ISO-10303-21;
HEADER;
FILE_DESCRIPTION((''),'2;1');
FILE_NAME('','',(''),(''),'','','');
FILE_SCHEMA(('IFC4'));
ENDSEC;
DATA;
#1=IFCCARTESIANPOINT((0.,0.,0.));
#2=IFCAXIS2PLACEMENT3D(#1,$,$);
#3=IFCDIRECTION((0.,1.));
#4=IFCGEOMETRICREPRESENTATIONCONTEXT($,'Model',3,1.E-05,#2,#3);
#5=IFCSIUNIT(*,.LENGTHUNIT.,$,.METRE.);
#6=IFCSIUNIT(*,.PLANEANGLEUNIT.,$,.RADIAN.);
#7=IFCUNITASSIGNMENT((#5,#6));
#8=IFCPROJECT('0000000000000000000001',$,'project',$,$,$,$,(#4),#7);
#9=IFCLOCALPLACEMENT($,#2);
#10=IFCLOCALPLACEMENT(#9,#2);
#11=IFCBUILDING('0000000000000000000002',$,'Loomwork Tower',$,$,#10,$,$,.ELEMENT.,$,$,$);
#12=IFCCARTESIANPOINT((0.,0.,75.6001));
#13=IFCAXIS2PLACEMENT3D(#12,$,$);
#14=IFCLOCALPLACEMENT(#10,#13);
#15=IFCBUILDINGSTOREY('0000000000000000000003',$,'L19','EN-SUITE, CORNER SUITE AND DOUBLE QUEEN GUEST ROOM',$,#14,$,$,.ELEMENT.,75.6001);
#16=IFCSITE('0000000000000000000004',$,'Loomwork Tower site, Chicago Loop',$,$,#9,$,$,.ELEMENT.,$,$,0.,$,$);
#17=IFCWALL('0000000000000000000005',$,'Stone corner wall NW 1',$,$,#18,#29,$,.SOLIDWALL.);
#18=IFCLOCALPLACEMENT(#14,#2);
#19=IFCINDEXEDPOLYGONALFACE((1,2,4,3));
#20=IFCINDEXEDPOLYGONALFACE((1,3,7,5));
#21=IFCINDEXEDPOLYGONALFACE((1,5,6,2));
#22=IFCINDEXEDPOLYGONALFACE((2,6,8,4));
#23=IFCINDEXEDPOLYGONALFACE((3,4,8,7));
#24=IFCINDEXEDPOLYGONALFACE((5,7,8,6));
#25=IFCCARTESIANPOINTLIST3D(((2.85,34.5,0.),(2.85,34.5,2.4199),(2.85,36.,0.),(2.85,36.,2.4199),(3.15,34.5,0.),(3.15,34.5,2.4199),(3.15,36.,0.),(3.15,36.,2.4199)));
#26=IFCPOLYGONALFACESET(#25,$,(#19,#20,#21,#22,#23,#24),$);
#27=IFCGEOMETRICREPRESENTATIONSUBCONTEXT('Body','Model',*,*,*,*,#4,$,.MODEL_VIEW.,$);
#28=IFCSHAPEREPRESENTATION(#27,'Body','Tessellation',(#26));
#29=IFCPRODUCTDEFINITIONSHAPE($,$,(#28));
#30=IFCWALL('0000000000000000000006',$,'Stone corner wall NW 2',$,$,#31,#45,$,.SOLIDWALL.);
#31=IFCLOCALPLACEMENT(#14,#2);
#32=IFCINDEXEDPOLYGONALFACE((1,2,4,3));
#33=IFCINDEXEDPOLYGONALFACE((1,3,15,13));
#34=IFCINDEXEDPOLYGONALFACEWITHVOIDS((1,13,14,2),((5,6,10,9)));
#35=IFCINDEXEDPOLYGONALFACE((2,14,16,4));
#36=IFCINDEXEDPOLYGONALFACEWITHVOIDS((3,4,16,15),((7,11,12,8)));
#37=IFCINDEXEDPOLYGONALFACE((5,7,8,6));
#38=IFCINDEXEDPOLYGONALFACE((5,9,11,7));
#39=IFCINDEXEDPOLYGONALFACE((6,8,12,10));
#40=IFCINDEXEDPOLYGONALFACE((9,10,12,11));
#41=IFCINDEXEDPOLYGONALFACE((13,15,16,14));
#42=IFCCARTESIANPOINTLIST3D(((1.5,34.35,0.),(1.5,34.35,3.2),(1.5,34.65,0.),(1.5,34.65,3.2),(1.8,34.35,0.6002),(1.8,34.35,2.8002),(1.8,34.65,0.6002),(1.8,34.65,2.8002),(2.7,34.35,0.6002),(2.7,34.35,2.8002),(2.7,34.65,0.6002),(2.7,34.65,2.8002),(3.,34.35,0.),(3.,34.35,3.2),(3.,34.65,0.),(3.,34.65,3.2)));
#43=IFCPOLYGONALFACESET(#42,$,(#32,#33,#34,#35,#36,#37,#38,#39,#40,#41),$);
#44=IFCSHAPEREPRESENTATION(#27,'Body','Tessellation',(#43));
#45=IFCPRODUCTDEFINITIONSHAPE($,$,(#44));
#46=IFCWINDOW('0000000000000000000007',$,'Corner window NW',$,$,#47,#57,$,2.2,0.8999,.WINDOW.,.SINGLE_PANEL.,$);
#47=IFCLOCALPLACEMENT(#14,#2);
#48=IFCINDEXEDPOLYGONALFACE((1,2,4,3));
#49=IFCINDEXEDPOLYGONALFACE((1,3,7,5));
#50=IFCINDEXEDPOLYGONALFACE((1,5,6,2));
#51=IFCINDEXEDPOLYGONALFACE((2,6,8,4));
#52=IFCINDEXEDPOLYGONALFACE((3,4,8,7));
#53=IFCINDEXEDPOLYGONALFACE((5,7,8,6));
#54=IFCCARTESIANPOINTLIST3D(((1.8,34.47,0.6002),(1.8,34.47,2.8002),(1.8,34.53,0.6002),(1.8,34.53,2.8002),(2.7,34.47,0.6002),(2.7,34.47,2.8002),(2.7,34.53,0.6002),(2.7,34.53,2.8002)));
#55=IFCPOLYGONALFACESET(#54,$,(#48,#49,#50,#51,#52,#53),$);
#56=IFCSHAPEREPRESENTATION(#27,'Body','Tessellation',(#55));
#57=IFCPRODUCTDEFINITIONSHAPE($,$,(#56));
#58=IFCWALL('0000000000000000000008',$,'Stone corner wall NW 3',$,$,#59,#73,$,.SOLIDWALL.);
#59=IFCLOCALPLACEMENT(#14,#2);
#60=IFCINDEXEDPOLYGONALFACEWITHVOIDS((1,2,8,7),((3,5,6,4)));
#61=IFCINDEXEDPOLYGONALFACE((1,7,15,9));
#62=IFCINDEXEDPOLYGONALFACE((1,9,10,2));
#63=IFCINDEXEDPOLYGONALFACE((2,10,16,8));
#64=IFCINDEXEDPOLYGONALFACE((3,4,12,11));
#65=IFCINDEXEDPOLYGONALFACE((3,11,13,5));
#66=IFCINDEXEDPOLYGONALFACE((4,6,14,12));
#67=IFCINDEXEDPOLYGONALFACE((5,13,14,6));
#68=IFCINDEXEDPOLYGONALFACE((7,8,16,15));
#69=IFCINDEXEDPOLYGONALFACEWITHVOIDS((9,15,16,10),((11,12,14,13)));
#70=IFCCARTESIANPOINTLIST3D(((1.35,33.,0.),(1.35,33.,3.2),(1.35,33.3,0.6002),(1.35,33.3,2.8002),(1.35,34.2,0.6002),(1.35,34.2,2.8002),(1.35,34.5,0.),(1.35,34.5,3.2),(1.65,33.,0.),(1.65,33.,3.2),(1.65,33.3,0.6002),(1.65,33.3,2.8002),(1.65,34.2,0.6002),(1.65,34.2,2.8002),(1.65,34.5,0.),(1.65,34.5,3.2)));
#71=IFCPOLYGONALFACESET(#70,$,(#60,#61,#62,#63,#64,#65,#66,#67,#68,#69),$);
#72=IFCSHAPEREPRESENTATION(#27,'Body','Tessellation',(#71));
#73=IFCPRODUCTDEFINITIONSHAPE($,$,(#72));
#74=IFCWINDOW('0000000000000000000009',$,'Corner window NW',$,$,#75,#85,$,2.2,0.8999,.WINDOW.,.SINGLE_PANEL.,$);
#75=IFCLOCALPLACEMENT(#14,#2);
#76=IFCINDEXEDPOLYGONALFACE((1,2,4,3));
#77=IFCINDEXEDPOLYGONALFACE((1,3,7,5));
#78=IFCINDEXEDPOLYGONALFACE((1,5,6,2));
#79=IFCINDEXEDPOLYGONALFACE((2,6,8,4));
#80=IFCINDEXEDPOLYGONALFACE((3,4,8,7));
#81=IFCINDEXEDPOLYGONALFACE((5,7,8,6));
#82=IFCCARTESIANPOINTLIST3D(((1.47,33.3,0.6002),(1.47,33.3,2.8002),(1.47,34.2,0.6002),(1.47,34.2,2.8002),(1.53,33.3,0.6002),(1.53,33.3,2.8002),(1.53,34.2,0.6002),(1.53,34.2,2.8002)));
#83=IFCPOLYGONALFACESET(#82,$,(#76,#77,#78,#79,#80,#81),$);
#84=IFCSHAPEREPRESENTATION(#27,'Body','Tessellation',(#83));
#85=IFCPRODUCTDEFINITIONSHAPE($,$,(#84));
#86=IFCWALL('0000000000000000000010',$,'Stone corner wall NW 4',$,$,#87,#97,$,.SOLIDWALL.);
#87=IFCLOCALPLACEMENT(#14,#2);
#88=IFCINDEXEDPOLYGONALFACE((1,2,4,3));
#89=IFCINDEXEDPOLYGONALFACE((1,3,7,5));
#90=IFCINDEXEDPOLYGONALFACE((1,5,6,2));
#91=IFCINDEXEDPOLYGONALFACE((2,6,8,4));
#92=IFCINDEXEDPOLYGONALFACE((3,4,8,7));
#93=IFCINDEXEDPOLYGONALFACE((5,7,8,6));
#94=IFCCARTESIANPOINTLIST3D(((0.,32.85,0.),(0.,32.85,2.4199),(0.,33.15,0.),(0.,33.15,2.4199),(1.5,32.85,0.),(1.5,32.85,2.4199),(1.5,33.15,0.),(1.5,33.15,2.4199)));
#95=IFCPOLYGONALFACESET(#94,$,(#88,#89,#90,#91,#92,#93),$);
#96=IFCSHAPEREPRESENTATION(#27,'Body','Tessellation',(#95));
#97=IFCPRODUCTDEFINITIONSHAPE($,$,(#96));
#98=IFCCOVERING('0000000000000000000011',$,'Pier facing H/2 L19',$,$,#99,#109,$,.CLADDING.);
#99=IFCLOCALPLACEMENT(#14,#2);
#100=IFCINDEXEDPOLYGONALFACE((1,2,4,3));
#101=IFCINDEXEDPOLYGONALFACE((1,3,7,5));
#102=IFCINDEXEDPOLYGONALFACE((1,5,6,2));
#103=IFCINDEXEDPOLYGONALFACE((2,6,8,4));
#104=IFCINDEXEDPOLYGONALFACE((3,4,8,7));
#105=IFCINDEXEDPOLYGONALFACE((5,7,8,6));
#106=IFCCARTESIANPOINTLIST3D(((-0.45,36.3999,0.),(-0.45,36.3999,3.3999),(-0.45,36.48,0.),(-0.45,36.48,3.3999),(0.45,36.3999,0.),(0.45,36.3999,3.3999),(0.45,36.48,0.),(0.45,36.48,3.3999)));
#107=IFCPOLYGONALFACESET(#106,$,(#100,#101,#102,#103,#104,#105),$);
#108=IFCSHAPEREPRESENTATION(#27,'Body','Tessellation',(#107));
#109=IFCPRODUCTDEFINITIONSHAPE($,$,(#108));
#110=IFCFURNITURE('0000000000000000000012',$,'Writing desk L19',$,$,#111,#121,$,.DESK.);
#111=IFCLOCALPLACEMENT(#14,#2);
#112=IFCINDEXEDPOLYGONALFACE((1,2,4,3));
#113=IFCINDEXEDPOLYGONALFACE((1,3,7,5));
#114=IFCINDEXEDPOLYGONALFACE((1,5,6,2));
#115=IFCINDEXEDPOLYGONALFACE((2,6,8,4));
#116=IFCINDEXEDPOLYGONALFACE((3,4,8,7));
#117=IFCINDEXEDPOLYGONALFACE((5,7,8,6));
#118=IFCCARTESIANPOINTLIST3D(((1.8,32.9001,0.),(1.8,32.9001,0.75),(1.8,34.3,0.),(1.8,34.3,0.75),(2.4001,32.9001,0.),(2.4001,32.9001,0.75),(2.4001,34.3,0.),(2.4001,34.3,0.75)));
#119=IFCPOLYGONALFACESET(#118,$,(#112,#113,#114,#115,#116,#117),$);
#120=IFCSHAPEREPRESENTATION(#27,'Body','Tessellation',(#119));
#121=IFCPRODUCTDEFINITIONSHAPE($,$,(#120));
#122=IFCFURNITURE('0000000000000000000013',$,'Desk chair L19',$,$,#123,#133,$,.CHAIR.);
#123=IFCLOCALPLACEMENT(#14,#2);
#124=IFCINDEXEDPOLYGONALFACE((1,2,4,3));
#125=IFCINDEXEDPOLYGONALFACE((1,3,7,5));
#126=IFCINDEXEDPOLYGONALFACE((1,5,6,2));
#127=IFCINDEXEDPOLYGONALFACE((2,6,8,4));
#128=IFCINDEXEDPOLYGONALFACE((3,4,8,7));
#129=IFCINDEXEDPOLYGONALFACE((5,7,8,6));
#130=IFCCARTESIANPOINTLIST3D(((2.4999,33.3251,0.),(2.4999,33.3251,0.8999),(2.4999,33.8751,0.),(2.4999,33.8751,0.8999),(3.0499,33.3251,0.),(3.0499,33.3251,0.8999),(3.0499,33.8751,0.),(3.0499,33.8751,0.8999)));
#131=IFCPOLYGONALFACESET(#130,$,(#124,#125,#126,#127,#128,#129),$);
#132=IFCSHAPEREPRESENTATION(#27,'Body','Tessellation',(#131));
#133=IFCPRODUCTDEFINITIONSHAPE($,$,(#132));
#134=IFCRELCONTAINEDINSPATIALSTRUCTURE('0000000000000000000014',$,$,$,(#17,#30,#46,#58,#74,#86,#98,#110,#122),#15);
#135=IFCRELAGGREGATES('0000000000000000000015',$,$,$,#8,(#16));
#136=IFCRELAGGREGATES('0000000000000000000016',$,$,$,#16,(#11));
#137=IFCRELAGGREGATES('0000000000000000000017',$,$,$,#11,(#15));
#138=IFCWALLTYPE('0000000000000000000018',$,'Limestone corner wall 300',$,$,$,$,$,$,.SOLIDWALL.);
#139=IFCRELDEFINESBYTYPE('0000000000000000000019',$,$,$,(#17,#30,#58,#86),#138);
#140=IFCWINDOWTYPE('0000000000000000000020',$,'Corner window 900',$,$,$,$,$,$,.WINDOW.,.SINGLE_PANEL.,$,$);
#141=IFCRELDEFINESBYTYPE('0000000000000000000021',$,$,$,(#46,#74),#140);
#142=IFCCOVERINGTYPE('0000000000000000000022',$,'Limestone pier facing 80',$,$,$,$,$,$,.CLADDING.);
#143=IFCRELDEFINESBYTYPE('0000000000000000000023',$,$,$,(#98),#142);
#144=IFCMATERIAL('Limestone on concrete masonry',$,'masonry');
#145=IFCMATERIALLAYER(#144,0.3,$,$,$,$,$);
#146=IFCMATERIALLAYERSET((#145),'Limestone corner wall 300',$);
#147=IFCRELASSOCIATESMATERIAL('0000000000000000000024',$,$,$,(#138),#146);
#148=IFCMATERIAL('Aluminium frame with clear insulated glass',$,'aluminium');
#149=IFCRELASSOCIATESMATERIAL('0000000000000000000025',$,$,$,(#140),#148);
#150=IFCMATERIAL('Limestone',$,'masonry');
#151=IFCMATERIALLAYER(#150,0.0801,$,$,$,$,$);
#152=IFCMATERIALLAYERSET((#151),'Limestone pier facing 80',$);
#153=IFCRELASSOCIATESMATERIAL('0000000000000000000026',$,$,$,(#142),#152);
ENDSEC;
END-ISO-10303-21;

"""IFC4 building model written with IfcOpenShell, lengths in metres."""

from ifc_helpers import new_model, si_unit, direction, frame, frame_2d, origin, origin_2d, place, context, subcontext, project, spatial, rectangle, extrude, material, layer, layer_set, type_object, element, fill, save


model = new_model("IFC4")

# Units and contexts
model_context = context("Model", 3, precision=1e-05, world=origin(), true_north=direction((0.0, 1.0)))
body_context = subcontext(model_context, "Body", "Model", "MODEL_VIEW")
ifc_project = project(units=[si_unit("LENGTHUNIT", "METRE"), si_unit("PLANEANGLEUNIT", "RADIAN")], contexts=[model_context])

# Site, building, storey
site_placement = place(None, origin())
site = spatial("IfcSite", under=ifc_project, at=site_placement, Name="Loomwork Tower site, Chicago Loop", CompositionType="ELEMENT", RefElevation=0.0)
building_placement = place(site_placement, origin())
building = spatial("IfcBuilding", under=site, at=building_placement, Name="Loomwork Tower", CompositionType="ELEMENT")
storey_placement = place(building_placement, frame((0.0, 0.0, 75.6001)))
storey = spatial("IfcBuildingStorey", under=building, at=storey_placement, Name="L19", Description="EN-SUITE, CORNER SUITE AND DOUBLE QUEEN GUEST ROOM", CompositionType="ELEMENT", Elevation=75.6001)

# Wall
ifc_material_1 = material(Name="Limestone on concrete masonry", Category="masonry")
ifc_layer_1 = layer(ifc_material_1, 0.3)
ifc_layer_set_1 = layer_set([ifc_layer_1], Name="Limestone corner wall 300")
wall_type_1 = type_object("IfcWallType", Name="Limestone corner wall 300", PredefinedType="SOLIDWALL", material=ifc_layer_set_1)
wall_1_placement = place(storey_placement, frame((3.0, 36.0, 0.0), z_axis=(0.0, 0.0, 1.0), x_axis=(0.0, -1.0, 0.0)))
element("IfcWall", 1, at=wall_1_placement, inside=storey, type_object=wall_type_1, Name="Stone corner wall NW 1", PredefinedType="SOLIDWALL", context=body_context, shape_type="SweptSolid", body=[
    extrude(rectangle(XDim=1.5, YDim=0.3, at=frame_2d((0.75, 0.0))), origin(), (0.0, 0.0, 1.0), 2.4199),
])

# Walls, openings, windows
wall_2_placement = place(storey_placement, frame((3.0, 34.5, 0.0), z_axis=(0.0, 0.0, 1.0), x_axis=(-1.0, 0.0, 0.0)))
wall_2 = element("IfcWall", 2, at=wall_2_placement, inside=storey, type_object=wall_type_1, Name="Stone corner wall NW 2", PredefinedType="SOLIDWALL", context=body_context, shape_type="SweptSolid", body=[
    extrude(rectangle(XDim=1.5, YDim=0.3, at=frame_2d((0.75, 0.0))), origin(), (0.0, 0.0, 1.0), 3.2),
])
opening_1_placement = place(wall_2_placement, frame((0.3, 0.0, 0.6001)))
opening_1 = element("IfcOpeningElement", 3, at=opening_1_placement, cuts=wall_2, PredefinedType="OPENING", context=body_context, shape_type="SweptSolid", body=[
    extrude(rectangle(XDim=0.8999, YDim=2.2, at=frame_2d((0.45, 1.1001))), frame((0.0, 0.1599, 0.0), z_axis=(0.0, -1.0, 0.0), x_axis=(1.0, 0.0, 0.0)), (0.0, 0.0, 1.0), 0.3201),
])
ifc_material_2 = material(Name="Aluminium frame with clear insulated glass", Category="aluminium")
window_type_1 = type_object("IfcWindowType", Name="Corner window 900", PartitioningType="SINGLE_PANEL", PredefinedType="WINDOW", material=ifc_material_2)
window_1_placement = place(opening_1_placement, origin())
window_1 = element("IfcWindow", 4, at=window_1_placement, inside=storey, type_object=window_type_1, Name="Corner window NW", OverallHeight=2.2, OverallWidth=0.8999, PartitioningType="SINGLE_PANEL", PredefinedType="WINDOW", context=body_context, shape_type="SweptSolid", body=[
    extrude(rectangle(XDim=0.8999, YDim=2.2, at=frame_2d((0.45, 1.1001))), frame((0.0, 0.03, 0.0), z_axis=(0.0, -1.0, 0.0), x_axis=(1.0, 0.0, 0.0)), (0.0, 0.0, 1.0), 0.0601),
])
fill(opening_1, window_1)
wall_3_placement = place(storey_placement, frame((1.5, 34.5, 0.0), z_axis=(0.0, 0.0, 1.0), x_axis=(0.0, -1.0, 0.0)))
wall_3 = element("IfcWall", 5, at=wall_3_placement, inside=storey, type_object=wall_type_1, Name="Stone corner wall NW 3", PredefinedType="SOLIDWALL", context=body_context, shape_type="SweptSolid", body=[
    extrude(rectangle(XDim=1.5, YDim=0.3, at=frame_2d((0.75, 0.0))), origin(), (0.0, 0.0, 1.0), 3.2),
])
opening_2_placement = place(wall_3_placement, frame((0.3, 0.0, 0.6001)))
opening_2 = element("IfcOpeningElement", 6, at=opening_2_placement, cuts=wall_3, PredefinedType="OPENING", context=body_context, shape_type="SweptSolid", body=[
    extrude(rectangle(XDim=0.8999, YDim=2.2, at=frame_2d((0.45, 1.1001))), frame((0.0, 0.1599, 0.0), z_axis=(0.0, -1.0, 0.0), x_axis=(1.0, 0.0, 0.0)), (0.0, 0.0, 1.0), 0.3201),
])
window_2_placement = place(opening_2_placement, origin())
window_2 = element("IfcWindow", 7, at=window_2_placement, inside=storey, type_object=window_type_1, Name="Corner window NW", OverallHeight=2.2, OverallWidth=0.8999, PartitioningType="SINGLE_PANEL", PredefinedType="WINDOW", context=body_context, shape_type="SweptSolid", body=[
    extrude(rectangle(XDim=0.8999, YDim=2.2, at=frame_2d((0.45, 1.1001))), frame((0.0, 0.03, 0.0), z_axis=(0.0, -1.0, 0.0), x_axis=(1.0, 0.0, 0.0)), (0.0, 0.0, 1.0), 0.0601),
])
fill(opening_2, window_2)

# Wall
wall_4_placement = place(storey_placement, frame((1.5, 33.0, 0.0), z_axis=(0.0, 0.0, 1.0), x_axis=(-1.0, 0.0, 0.0)))
element("IfcWall", 8, at=wall_4_placement, inside=storey, type_object=wall_type_1, Name="Stone corner wall NW 4", PredefinedType="SOLIDWALL", context=body_context, shape_type="SweptSolid", body=[
    extrude(rectangle(XDim=1.5, YDim=0.3, at=frame_2d((0.75, 0.0))), origin(), (0.0, 0.0, 1.0), 2.4199),
])

# Covering
ifc_material_3 = material(Name="Limestone", Category="masonry")
ifc_layer_2 = layer(ifc_material_3, 0.0801)
ifc_layer_set_2 = layer_set([ifc_layer_2], Name="Limestone pier facing 80")
covering_type = type_object("IfcCoveringType", Name="Limestone pier facing 80", PredefinedType="CLADDING", material=ifc_layer_set_2)
covering_placement = place(storey_placement, frame((0.0, 36.4399, 0.0), z_axis=(0.0, 0.0, 1.0), x_axis=(1.0, 0.0, 0.0)))
element("IfcCovering", 9, at=covering_placement, inside=storey, type_object=covering_type, Name="Pier facing H/2 L19", PredefinedType="CLADDING", context=body_context, shape_type="SweptSolid", body=[
    extrude(rectangle(XDim=0.8999, YDim=0.0801, at=origin_2d()), origin(), (0.0, 0.0, 1.0), 3.3999),
])

# Furniture
furniture_1_placement = place(storey_placement, frame((2.1001, 33.6001, 0.0), z_axis=(0.0, 0.0, 1.0), x_axis=(1.0, 0.0, 0.0)))
element("IfcFurniture", 10, at=furniture_1_placement, inside=storey, Name="Writing desk L19", PredefinedType="DESK", context=body_context, shape_type="SweptSolid", body=[
    extrude(rectangle(XDim=0.6001, YDim=1.3999, at=origin_2d()), origin(), (0.0, 0.0, 1.0), 0.75),
])
furniture_2_placement = place(storey_placement, frame((2.7749, 33.6001, 0.0), z_axis=(0.0, 0.0, 1.0), x_axis=(1.0, 0.0, 0.0)))
element("IfcFurniture", 11, at=furniture_2_placement, inside=storey, Name="Desk chair L19", PredefinedType="CHAIR", context=body_context, shape_type="SweptSolid", body=[
    extrude(rectangle(XDim=0.55, YDim=0.55, at=origin_2d()), origin(), (0.0, 0.0, 1.0), 0.8999),
])

save(model, "model.ifc")
